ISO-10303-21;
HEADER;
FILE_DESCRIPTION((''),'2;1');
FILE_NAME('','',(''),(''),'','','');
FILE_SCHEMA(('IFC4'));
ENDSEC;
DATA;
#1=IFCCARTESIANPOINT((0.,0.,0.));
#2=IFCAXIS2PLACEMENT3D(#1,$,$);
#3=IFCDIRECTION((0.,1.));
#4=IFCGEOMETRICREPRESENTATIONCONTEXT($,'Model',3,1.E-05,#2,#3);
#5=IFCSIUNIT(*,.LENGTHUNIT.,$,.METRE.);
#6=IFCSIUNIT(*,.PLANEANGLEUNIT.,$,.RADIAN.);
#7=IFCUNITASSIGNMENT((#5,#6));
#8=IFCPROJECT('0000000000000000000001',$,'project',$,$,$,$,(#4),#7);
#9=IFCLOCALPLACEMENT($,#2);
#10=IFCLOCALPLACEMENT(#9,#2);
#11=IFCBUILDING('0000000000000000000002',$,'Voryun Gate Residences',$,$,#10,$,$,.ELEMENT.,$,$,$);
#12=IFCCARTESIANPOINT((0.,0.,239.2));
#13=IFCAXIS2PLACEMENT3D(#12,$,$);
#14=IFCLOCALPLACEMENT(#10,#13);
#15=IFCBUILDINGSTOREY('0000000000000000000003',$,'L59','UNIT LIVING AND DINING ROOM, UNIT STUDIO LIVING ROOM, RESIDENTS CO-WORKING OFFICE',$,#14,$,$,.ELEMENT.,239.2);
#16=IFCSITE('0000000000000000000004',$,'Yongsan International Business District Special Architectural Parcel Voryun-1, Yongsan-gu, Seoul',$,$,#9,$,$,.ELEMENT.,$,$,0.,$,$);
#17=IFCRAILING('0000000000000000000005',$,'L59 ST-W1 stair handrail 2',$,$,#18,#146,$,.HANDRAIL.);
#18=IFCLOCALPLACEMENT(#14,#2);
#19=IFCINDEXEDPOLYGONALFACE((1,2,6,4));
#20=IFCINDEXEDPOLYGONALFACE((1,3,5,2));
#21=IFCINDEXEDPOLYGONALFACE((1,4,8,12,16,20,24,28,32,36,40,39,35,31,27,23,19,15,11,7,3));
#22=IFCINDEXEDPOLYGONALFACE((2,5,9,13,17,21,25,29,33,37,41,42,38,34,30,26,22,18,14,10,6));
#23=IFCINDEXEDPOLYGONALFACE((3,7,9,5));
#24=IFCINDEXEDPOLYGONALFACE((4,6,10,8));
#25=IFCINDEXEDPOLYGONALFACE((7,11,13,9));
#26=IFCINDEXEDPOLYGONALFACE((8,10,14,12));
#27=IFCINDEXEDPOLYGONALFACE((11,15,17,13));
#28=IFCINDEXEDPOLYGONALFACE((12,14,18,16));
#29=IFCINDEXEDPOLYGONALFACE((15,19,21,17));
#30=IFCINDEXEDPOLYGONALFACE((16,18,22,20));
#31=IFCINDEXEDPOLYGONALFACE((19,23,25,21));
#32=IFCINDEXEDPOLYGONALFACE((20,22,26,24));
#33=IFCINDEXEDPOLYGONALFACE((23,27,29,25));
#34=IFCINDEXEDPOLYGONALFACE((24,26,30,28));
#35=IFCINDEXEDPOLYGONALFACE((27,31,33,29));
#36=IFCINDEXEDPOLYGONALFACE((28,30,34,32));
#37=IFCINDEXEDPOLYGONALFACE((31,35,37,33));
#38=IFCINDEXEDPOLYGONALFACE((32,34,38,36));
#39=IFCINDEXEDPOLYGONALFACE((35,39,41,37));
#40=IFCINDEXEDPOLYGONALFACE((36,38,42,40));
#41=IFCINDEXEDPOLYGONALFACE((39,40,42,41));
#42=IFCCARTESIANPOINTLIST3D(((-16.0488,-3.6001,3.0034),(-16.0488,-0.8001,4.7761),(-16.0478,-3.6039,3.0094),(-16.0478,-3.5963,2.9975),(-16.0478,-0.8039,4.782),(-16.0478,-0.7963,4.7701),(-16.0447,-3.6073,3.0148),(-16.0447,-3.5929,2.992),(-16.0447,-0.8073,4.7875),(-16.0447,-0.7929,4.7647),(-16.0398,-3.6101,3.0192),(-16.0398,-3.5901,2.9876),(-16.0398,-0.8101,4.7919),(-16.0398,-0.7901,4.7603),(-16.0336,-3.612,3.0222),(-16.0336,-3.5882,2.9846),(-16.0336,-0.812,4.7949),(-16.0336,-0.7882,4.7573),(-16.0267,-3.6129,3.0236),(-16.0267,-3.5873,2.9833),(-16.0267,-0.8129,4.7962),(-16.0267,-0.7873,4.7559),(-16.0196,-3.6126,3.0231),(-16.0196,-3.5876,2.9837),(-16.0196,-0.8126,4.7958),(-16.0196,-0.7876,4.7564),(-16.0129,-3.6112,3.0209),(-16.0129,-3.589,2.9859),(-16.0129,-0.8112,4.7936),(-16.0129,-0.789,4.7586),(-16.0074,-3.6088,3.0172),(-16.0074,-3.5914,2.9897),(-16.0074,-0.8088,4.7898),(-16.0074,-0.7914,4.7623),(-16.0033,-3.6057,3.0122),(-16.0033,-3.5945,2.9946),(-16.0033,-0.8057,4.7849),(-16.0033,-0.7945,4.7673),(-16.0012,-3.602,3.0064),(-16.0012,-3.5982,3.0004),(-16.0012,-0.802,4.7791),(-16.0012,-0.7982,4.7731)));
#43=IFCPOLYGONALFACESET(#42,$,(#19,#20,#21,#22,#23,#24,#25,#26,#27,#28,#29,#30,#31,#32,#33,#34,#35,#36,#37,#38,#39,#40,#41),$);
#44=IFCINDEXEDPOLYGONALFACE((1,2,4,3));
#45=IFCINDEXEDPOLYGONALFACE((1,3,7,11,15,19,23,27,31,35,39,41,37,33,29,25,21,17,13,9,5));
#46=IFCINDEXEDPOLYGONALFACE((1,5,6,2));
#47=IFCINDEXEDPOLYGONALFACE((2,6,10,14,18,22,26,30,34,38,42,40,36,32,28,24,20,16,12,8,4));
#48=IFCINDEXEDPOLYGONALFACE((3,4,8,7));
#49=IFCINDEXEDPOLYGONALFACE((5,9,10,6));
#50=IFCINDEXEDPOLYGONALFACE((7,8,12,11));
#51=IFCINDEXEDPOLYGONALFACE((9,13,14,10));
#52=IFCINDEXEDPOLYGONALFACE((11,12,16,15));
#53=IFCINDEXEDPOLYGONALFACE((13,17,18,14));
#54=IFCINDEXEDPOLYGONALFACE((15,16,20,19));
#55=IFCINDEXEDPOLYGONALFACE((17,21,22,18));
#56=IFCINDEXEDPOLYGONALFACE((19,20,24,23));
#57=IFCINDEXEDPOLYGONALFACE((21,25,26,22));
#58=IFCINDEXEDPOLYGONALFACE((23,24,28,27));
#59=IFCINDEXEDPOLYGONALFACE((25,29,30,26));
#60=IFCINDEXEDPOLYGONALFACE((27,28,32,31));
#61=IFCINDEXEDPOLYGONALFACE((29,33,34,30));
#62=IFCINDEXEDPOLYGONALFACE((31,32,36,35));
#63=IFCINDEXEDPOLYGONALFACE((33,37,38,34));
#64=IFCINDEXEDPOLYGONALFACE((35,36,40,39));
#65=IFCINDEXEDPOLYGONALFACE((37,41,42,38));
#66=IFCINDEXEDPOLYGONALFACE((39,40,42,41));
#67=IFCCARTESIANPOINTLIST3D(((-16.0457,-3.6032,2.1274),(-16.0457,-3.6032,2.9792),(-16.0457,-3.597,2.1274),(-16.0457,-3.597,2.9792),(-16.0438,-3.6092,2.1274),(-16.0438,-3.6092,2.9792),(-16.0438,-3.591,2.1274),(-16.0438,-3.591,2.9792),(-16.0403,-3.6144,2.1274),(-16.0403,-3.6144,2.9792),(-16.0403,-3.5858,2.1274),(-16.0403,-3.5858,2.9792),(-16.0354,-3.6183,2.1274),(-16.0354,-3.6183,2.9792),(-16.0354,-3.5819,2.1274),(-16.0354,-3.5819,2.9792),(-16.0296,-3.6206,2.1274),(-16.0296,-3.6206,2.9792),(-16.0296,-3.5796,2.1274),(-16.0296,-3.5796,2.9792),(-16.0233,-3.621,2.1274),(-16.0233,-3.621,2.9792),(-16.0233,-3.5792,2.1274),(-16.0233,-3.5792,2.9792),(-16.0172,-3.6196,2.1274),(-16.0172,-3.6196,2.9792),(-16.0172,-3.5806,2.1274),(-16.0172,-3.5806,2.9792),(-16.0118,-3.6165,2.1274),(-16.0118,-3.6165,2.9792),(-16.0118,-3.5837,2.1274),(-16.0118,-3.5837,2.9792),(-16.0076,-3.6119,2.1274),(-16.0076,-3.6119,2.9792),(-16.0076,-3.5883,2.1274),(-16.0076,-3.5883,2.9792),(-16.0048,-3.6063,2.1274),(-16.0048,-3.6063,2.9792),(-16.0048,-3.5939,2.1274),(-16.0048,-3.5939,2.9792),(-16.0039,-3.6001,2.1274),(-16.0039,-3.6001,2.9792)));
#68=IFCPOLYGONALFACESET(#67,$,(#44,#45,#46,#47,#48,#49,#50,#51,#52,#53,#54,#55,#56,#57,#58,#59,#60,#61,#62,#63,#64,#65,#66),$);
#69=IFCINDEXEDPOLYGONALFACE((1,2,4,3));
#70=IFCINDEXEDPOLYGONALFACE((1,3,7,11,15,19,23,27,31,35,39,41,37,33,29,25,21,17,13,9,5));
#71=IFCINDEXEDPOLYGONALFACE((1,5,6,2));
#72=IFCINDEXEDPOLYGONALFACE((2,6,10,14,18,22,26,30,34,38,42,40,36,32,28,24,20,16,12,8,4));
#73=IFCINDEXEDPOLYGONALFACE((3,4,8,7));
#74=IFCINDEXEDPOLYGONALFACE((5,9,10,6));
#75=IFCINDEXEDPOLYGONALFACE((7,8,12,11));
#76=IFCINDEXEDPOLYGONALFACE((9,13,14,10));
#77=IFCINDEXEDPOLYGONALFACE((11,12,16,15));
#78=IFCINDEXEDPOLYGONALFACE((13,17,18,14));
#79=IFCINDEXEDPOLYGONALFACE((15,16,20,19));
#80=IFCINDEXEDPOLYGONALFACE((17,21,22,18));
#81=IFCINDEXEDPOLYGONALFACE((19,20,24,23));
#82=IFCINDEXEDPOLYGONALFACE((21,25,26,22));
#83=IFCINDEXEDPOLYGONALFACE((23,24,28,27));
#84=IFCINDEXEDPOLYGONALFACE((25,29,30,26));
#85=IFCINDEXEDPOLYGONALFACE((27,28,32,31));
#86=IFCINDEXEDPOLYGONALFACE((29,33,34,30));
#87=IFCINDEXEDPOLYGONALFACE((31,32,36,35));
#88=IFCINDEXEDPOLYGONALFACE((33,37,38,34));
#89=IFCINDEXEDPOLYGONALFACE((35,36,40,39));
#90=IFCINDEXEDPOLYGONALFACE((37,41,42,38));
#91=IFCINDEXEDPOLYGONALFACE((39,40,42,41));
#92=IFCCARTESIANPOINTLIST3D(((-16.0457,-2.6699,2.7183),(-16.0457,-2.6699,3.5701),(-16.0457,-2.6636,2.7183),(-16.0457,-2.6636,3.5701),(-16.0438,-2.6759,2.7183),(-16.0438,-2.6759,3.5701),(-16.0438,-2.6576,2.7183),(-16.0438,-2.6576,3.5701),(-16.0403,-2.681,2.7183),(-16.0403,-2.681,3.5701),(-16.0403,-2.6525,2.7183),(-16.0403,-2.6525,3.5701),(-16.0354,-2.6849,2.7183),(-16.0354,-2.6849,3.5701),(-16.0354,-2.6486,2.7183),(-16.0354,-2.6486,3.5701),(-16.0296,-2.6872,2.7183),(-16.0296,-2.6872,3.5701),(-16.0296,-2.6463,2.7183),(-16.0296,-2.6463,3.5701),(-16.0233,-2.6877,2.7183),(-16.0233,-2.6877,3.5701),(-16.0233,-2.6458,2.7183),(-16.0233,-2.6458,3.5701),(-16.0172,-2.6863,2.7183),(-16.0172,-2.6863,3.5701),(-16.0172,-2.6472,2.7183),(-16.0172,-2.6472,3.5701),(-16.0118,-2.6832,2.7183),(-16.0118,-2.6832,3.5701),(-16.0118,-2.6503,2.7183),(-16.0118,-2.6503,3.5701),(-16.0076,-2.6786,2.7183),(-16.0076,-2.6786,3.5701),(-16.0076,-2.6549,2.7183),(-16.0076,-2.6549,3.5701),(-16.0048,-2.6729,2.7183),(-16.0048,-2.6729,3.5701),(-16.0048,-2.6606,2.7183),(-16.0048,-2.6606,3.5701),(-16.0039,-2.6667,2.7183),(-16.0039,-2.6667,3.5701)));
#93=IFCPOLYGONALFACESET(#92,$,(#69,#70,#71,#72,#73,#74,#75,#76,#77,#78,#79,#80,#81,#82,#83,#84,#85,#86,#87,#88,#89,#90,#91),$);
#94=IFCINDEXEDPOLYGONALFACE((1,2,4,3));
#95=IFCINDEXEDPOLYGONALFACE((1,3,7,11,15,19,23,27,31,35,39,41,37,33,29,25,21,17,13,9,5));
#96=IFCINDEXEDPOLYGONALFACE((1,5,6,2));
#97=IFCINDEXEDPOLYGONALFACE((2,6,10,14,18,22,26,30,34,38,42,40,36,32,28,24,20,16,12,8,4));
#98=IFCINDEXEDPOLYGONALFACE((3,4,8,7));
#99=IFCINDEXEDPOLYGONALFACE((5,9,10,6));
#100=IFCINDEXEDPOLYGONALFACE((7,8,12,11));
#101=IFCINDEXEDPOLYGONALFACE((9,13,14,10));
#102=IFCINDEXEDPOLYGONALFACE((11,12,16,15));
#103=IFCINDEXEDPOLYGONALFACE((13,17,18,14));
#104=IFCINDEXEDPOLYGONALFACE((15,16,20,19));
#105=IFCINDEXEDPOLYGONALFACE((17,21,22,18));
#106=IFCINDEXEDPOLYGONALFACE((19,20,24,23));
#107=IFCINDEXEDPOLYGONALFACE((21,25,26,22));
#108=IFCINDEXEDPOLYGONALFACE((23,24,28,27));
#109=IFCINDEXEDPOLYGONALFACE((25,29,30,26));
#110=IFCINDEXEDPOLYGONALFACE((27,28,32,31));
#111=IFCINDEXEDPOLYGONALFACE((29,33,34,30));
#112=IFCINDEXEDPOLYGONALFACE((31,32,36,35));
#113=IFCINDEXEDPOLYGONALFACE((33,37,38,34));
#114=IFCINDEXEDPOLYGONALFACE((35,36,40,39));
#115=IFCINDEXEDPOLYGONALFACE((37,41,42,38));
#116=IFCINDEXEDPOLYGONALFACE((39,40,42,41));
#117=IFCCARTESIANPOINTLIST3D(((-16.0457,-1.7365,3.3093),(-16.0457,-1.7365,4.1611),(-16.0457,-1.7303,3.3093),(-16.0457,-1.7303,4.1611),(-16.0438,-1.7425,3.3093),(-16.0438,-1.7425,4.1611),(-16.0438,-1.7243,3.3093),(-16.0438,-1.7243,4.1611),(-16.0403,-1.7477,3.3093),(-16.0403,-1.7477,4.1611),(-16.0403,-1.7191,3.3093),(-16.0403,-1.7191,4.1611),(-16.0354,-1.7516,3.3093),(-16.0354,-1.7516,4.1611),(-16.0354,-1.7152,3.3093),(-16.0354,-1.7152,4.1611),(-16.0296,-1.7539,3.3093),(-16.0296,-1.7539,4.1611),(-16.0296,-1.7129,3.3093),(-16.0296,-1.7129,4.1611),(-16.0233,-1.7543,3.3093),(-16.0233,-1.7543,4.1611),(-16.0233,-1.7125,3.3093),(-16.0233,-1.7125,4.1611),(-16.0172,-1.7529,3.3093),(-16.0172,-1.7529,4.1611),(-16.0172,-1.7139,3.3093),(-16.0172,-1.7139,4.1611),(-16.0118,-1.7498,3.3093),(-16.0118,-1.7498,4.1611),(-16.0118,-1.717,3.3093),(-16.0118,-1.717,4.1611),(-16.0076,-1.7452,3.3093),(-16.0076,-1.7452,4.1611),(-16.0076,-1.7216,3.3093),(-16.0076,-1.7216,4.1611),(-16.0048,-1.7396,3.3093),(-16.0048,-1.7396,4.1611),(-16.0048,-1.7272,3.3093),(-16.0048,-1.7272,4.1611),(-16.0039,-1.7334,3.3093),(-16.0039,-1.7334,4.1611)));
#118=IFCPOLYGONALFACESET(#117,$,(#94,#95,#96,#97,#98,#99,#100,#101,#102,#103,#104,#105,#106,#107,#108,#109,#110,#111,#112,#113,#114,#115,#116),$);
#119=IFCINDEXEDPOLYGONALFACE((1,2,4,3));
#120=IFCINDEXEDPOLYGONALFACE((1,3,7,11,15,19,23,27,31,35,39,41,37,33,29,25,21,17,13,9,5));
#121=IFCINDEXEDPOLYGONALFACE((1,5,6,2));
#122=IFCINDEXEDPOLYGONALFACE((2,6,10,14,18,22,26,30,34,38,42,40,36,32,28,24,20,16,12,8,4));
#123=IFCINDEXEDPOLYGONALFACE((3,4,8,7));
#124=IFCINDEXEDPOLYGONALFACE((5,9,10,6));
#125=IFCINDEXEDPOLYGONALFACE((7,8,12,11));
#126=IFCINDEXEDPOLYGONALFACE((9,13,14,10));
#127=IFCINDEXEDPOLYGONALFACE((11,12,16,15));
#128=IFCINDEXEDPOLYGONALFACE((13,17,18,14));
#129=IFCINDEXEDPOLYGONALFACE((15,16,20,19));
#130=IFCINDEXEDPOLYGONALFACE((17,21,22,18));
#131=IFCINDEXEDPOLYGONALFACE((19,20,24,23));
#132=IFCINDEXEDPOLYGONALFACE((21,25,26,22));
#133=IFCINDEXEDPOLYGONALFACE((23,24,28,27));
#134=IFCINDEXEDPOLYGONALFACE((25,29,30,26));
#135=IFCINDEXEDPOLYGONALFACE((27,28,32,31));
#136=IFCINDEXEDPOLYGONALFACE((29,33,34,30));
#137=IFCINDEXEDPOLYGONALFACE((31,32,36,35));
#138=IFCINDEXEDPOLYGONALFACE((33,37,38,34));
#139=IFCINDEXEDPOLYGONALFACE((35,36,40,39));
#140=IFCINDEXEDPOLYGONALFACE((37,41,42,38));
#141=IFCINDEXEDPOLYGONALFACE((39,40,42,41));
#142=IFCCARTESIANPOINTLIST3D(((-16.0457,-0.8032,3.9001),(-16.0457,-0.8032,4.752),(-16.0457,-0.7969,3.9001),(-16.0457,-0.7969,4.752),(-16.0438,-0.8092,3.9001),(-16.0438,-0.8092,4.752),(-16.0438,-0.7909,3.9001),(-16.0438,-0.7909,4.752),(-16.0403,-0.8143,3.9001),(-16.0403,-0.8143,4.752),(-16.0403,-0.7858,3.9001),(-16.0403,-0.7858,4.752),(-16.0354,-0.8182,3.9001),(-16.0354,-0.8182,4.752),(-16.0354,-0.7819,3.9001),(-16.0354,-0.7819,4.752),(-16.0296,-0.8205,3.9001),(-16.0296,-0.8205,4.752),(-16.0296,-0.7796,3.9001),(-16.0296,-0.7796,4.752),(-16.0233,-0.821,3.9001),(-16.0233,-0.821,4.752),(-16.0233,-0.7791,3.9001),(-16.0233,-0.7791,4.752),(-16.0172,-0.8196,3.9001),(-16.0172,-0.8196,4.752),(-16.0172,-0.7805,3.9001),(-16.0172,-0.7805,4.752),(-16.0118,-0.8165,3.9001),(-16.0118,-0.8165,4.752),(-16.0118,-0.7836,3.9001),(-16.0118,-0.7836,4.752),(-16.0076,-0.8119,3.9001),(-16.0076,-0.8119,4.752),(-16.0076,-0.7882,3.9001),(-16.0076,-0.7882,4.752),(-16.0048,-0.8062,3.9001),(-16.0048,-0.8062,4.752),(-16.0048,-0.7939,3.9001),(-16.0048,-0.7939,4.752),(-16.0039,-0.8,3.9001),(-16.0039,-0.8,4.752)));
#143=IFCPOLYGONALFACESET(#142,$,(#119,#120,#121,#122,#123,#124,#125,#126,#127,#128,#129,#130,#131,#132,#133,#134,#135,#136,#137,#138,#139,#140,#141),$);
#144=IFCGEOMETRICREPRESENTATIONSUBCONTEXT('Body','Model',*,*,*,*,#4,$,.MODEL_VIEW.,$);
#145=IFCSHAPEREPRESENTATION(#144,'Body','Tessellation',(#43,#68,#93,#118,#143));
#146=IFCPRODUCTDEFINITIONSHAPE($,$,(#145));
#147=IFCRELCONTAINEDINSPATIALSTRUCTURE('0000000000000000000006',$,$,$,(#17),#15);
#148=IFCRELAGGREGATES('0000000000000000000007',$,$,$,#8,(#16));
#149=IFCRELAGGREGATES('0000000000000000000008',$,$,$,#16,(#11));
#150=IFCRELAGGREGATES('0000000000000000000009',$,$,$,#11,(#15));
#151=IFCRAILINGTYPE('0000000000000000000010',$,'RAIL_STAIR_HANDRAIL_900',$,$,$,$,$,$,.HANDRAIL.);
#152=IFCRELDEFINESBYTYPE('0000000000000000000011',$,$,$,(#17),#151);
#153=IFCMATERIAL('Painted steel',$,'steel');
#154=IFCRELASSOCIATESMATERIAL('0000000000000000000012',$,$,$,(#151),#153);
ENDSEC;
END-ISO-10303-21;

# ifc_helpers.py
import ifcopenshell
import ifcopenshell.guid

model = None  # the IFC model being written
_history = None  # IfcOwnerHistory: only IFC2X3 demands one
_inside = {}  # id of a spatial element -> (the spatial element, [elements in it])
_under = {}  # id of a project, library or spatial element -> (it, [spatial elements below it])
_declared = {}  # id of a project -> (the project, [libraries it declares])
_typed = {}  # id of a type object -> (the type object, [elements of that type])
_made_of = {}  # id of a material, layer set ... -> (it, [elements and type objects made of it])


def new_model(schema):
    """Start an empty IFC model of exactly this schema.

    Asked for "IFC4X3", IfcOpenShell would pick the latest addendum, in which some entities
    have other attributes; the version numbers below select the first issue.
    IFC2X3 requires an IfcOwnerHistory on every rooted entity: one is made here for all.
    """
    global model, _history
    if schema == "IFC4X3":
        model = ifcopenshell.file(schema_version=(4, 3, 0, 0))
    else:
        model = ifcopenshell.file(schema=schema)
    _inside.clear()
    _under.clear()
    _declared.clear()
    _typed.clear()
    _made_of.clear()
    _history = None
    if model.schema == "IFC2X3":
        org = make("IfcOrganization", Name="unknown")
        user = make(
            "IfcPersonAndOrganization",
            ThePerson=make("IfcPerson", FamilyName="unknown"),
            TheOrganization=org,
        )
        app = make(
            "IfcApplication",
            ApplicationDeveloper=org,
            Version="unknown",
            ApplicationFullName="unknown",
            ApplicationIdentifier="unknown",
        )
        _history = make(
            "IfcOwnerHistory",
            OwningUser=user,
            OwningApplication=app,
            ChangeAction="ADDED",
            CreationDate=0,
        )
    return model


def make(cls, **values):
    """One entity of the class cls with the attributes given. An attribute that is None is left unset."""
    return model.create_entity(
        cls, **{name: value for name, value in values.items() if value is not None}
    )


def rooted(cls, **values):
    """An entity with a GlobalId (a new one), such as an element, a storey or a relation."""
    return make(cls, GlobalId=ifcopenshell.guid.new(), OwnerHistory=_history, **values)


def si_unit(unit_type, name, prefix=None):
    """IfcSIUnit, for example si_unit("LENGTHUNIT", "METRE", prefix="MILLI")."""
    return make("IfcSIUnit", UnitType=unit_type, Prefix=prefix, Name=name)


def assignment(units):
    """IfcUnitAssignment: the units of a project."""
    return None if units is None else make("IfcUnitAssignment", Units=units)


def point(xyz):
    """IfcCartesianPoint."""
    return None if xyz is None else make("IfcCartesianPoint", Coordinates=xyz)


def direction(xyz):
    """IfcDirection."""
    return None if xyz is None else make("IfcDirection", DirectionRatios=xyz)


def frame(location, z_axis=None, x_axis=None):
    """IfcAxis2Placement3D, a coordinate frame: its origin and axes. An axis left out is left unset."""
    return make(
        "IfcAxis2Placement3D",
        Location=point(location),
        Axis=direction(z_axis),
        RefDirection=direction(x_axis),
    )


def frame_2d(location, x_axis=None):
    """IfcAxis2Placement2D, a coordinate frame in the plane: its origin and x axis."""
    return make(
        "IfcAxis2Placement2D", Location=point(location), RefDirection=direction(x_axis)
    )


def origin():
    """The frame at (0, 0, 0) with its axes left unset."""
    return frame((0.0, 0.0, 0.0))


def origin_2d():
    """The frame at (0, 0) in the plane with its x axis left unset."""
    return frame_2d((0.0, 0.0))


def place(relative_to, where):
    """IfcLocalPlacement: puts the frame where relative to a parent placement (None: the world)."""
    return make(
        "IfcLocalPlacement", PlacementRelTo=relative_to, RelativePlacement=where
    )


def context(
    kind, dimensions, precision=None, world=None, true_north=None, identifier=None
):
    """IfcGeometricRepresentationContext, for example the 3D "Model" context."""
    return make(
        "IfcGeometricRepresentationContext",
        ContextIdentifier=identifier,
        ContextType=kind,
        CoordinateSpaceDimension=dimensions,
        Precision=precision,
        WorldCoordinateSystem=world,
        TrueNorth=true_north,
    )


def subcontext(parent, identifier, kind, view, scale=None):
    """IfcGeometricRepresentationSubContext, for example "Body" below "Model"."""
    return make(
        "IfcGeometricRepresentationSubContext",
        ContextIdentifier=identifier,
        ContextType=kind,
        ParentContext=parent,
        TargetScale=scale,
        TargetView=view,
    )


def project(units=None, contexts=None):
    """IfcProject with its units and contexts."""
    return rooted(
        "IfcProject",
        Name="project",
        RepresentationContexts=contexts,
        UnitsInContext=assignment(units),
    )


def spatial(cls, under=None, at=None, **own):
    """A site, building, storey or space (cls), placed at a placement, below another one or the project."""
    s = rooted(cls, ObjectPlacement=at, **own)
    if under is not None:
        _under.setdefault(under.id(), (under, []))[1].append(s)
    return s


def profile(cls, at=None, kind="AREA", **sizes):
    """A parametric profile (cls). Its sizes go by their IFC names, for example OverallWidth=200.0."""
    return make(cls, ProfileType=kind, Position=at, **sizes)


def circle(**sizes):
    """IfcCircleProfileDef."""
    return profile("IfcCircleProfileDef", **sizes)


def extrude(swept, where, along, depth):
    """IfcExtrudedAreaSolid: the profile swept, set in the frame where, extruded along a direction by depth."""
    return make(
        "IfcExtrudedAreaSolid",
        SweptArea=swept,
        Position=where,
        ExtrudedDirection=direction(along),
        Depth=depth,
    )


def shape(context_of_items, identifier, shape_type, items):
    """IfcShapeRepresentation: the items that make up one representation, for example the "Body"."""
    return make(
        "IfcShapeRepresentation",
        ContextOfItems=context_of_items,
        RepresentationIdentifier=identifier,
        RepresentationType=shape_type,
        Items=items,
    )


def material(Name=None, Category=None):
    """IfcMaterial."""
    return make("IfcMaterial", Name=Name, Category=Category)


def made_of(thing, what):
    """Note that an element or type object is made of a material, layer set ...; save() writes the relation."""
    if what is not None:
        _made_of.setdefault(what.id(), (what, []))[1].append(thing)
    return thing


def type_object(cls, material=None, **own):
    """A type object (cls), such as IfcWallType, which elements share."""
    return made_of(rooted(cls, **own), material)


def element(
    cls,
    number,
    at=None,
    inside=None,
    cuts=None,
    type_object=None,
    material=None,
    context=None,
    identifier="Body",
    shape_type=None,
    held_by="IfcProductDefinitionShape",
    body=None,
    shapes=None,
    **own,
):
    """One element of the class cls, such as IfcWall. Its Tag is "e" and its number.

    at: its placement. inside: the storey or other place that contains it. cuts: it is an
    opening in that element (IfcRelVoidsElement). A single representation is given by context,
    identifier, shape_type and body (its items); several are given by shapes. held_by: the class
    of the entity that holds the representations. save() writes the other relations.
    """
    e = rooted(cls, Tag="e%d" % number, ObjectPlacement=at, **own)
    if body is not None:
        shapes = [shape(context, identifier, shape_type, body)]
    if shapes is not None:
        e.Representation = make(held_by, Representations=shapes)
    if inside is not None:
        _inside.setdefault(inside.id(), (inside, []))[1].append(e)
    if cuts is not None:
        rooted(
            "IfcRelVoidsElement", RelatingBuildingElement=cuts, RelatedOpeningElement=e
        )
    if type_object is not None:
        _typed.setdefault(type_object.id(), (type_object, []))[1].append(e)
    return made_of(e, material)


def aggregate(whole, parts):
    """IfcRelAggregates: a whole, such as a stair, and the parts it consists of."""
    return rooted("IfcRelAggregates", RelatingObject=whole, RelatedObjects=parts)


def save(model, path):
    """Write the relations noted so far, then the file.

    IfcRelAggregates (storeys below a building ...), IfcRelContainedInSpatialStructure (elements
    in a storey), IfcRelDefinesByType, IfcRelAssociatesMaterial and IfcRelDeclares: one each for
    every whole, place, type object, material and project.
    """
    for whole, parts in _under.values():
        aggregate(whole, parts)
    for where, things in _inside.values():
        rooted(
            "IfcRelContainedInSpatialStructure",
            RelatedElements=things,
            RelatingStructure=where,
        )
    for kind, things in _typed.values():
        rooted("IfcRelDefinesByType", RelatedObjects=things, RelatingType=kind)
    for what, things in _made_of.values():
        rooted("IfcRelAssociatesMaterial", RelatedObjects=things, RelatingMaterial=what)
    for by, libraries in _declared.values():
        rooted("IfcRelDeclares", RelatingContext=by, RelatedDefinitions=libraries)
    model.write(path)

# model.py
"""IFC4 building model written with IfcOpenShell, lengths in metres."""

from ifc_helpers import new_model, si_unit, direction, frame, origin, origin_2d, place, context, subcontext, project, spatial, circle, extrude, material, type_object, element, save


model = new_model("IFC4")

# Units and contexts
model_context = context("Model", 3, precision=1e-05, world=origin(), true_north=direction((0.0, 1.0)))
body_context = subcontext(model_context, "Body", "Model", "MODEL_VIEW")
ifc_project = project(units=[si_unit("LENGTHUNIT", "METRE"), si_unit("PLANEANGLEUNIT", "RADIAN")], contexts=[model_context])

# Site, building, storey
site_placement = place(None, origin())
site = spatial("IfcSite", under=ifc_project, at=site_placement, Name="Yongsan International Business District Special Architectural Parcel Voryun-1, Yongsan-gu, Seoul", CompositionType="ELEMENT", RefElevation=0.0)
building_placement = place(site_placement, origin())
building = spatial("IfcBuilding", under=site, at=building_placement, Name="Voryun Gate Residences", CompositionType="ELEMENT")
storey_placement = place(building_placement, frame((0.0, 0.0, 239.2)))
storey = spatial("IfcBuildingStorey", under=building, at=storey_placement, Name="L59", Description="UNIT LIVING AND DINING ROOM, UNIT STUDIO LIVING ROOM, RESIDENTS CO-WORKING OFFICE", CompositionType="ELEMENT", Elevation=239.2)

# Railing
ifc_material_1 = material(Name="Painted steel", Category="steel")
railing_type_1 = type_object("IfcRailingType", Name="RAIL_STAIR_HANDRAIL_900", PredefinedType="HANDRAIL", material=ifc_material_1)
railing_1_placement = place(storey_placement, frame((-16.0249, -3.6001, 2.1274)))
element("IfcRailing", 1, at=railing_1_placement, inside=storey, type_object=railing_type_1, Name="L59 ST-W1 stair handrail 2", PredefinedType="HANDRAIL", context=body_context, shape_type="SweptSolid", body=[
    extrude(circle(Radius=0.0239, at=origin_2d()), frame((0.0, 0.0, 0.876), z_axis=(0.0, 0.844909, 0.53491), x_axis=(-1.0, 0.0, 0.0)), (0.0, 0.0, 1.0), 3.314),
    extrude(circle(Radius=0.021, at=origin_2d()), origin(), (0.0, 0.0, 1.0), 0.8518),
    extrude(circle(Radius=0.021, at=origin_2d()), frame((0.0, 0.9333, 0.5908)), (0.0, 0.0, 1.0), 0.8518),
    extrude(circle(Radius=0.021, at=origin_2d()), frame((0.0, 1.8667, 1.1819)), (0.0, 0.0, 1.0), 0.8518),
    extrude(circle(Radius=0.021, at=origin_2d()), frame((0.0, 2.8, 1.7727)), (0.0, 0.0, 1.0), 0.8518),
])

save(model, "model.ifc")
